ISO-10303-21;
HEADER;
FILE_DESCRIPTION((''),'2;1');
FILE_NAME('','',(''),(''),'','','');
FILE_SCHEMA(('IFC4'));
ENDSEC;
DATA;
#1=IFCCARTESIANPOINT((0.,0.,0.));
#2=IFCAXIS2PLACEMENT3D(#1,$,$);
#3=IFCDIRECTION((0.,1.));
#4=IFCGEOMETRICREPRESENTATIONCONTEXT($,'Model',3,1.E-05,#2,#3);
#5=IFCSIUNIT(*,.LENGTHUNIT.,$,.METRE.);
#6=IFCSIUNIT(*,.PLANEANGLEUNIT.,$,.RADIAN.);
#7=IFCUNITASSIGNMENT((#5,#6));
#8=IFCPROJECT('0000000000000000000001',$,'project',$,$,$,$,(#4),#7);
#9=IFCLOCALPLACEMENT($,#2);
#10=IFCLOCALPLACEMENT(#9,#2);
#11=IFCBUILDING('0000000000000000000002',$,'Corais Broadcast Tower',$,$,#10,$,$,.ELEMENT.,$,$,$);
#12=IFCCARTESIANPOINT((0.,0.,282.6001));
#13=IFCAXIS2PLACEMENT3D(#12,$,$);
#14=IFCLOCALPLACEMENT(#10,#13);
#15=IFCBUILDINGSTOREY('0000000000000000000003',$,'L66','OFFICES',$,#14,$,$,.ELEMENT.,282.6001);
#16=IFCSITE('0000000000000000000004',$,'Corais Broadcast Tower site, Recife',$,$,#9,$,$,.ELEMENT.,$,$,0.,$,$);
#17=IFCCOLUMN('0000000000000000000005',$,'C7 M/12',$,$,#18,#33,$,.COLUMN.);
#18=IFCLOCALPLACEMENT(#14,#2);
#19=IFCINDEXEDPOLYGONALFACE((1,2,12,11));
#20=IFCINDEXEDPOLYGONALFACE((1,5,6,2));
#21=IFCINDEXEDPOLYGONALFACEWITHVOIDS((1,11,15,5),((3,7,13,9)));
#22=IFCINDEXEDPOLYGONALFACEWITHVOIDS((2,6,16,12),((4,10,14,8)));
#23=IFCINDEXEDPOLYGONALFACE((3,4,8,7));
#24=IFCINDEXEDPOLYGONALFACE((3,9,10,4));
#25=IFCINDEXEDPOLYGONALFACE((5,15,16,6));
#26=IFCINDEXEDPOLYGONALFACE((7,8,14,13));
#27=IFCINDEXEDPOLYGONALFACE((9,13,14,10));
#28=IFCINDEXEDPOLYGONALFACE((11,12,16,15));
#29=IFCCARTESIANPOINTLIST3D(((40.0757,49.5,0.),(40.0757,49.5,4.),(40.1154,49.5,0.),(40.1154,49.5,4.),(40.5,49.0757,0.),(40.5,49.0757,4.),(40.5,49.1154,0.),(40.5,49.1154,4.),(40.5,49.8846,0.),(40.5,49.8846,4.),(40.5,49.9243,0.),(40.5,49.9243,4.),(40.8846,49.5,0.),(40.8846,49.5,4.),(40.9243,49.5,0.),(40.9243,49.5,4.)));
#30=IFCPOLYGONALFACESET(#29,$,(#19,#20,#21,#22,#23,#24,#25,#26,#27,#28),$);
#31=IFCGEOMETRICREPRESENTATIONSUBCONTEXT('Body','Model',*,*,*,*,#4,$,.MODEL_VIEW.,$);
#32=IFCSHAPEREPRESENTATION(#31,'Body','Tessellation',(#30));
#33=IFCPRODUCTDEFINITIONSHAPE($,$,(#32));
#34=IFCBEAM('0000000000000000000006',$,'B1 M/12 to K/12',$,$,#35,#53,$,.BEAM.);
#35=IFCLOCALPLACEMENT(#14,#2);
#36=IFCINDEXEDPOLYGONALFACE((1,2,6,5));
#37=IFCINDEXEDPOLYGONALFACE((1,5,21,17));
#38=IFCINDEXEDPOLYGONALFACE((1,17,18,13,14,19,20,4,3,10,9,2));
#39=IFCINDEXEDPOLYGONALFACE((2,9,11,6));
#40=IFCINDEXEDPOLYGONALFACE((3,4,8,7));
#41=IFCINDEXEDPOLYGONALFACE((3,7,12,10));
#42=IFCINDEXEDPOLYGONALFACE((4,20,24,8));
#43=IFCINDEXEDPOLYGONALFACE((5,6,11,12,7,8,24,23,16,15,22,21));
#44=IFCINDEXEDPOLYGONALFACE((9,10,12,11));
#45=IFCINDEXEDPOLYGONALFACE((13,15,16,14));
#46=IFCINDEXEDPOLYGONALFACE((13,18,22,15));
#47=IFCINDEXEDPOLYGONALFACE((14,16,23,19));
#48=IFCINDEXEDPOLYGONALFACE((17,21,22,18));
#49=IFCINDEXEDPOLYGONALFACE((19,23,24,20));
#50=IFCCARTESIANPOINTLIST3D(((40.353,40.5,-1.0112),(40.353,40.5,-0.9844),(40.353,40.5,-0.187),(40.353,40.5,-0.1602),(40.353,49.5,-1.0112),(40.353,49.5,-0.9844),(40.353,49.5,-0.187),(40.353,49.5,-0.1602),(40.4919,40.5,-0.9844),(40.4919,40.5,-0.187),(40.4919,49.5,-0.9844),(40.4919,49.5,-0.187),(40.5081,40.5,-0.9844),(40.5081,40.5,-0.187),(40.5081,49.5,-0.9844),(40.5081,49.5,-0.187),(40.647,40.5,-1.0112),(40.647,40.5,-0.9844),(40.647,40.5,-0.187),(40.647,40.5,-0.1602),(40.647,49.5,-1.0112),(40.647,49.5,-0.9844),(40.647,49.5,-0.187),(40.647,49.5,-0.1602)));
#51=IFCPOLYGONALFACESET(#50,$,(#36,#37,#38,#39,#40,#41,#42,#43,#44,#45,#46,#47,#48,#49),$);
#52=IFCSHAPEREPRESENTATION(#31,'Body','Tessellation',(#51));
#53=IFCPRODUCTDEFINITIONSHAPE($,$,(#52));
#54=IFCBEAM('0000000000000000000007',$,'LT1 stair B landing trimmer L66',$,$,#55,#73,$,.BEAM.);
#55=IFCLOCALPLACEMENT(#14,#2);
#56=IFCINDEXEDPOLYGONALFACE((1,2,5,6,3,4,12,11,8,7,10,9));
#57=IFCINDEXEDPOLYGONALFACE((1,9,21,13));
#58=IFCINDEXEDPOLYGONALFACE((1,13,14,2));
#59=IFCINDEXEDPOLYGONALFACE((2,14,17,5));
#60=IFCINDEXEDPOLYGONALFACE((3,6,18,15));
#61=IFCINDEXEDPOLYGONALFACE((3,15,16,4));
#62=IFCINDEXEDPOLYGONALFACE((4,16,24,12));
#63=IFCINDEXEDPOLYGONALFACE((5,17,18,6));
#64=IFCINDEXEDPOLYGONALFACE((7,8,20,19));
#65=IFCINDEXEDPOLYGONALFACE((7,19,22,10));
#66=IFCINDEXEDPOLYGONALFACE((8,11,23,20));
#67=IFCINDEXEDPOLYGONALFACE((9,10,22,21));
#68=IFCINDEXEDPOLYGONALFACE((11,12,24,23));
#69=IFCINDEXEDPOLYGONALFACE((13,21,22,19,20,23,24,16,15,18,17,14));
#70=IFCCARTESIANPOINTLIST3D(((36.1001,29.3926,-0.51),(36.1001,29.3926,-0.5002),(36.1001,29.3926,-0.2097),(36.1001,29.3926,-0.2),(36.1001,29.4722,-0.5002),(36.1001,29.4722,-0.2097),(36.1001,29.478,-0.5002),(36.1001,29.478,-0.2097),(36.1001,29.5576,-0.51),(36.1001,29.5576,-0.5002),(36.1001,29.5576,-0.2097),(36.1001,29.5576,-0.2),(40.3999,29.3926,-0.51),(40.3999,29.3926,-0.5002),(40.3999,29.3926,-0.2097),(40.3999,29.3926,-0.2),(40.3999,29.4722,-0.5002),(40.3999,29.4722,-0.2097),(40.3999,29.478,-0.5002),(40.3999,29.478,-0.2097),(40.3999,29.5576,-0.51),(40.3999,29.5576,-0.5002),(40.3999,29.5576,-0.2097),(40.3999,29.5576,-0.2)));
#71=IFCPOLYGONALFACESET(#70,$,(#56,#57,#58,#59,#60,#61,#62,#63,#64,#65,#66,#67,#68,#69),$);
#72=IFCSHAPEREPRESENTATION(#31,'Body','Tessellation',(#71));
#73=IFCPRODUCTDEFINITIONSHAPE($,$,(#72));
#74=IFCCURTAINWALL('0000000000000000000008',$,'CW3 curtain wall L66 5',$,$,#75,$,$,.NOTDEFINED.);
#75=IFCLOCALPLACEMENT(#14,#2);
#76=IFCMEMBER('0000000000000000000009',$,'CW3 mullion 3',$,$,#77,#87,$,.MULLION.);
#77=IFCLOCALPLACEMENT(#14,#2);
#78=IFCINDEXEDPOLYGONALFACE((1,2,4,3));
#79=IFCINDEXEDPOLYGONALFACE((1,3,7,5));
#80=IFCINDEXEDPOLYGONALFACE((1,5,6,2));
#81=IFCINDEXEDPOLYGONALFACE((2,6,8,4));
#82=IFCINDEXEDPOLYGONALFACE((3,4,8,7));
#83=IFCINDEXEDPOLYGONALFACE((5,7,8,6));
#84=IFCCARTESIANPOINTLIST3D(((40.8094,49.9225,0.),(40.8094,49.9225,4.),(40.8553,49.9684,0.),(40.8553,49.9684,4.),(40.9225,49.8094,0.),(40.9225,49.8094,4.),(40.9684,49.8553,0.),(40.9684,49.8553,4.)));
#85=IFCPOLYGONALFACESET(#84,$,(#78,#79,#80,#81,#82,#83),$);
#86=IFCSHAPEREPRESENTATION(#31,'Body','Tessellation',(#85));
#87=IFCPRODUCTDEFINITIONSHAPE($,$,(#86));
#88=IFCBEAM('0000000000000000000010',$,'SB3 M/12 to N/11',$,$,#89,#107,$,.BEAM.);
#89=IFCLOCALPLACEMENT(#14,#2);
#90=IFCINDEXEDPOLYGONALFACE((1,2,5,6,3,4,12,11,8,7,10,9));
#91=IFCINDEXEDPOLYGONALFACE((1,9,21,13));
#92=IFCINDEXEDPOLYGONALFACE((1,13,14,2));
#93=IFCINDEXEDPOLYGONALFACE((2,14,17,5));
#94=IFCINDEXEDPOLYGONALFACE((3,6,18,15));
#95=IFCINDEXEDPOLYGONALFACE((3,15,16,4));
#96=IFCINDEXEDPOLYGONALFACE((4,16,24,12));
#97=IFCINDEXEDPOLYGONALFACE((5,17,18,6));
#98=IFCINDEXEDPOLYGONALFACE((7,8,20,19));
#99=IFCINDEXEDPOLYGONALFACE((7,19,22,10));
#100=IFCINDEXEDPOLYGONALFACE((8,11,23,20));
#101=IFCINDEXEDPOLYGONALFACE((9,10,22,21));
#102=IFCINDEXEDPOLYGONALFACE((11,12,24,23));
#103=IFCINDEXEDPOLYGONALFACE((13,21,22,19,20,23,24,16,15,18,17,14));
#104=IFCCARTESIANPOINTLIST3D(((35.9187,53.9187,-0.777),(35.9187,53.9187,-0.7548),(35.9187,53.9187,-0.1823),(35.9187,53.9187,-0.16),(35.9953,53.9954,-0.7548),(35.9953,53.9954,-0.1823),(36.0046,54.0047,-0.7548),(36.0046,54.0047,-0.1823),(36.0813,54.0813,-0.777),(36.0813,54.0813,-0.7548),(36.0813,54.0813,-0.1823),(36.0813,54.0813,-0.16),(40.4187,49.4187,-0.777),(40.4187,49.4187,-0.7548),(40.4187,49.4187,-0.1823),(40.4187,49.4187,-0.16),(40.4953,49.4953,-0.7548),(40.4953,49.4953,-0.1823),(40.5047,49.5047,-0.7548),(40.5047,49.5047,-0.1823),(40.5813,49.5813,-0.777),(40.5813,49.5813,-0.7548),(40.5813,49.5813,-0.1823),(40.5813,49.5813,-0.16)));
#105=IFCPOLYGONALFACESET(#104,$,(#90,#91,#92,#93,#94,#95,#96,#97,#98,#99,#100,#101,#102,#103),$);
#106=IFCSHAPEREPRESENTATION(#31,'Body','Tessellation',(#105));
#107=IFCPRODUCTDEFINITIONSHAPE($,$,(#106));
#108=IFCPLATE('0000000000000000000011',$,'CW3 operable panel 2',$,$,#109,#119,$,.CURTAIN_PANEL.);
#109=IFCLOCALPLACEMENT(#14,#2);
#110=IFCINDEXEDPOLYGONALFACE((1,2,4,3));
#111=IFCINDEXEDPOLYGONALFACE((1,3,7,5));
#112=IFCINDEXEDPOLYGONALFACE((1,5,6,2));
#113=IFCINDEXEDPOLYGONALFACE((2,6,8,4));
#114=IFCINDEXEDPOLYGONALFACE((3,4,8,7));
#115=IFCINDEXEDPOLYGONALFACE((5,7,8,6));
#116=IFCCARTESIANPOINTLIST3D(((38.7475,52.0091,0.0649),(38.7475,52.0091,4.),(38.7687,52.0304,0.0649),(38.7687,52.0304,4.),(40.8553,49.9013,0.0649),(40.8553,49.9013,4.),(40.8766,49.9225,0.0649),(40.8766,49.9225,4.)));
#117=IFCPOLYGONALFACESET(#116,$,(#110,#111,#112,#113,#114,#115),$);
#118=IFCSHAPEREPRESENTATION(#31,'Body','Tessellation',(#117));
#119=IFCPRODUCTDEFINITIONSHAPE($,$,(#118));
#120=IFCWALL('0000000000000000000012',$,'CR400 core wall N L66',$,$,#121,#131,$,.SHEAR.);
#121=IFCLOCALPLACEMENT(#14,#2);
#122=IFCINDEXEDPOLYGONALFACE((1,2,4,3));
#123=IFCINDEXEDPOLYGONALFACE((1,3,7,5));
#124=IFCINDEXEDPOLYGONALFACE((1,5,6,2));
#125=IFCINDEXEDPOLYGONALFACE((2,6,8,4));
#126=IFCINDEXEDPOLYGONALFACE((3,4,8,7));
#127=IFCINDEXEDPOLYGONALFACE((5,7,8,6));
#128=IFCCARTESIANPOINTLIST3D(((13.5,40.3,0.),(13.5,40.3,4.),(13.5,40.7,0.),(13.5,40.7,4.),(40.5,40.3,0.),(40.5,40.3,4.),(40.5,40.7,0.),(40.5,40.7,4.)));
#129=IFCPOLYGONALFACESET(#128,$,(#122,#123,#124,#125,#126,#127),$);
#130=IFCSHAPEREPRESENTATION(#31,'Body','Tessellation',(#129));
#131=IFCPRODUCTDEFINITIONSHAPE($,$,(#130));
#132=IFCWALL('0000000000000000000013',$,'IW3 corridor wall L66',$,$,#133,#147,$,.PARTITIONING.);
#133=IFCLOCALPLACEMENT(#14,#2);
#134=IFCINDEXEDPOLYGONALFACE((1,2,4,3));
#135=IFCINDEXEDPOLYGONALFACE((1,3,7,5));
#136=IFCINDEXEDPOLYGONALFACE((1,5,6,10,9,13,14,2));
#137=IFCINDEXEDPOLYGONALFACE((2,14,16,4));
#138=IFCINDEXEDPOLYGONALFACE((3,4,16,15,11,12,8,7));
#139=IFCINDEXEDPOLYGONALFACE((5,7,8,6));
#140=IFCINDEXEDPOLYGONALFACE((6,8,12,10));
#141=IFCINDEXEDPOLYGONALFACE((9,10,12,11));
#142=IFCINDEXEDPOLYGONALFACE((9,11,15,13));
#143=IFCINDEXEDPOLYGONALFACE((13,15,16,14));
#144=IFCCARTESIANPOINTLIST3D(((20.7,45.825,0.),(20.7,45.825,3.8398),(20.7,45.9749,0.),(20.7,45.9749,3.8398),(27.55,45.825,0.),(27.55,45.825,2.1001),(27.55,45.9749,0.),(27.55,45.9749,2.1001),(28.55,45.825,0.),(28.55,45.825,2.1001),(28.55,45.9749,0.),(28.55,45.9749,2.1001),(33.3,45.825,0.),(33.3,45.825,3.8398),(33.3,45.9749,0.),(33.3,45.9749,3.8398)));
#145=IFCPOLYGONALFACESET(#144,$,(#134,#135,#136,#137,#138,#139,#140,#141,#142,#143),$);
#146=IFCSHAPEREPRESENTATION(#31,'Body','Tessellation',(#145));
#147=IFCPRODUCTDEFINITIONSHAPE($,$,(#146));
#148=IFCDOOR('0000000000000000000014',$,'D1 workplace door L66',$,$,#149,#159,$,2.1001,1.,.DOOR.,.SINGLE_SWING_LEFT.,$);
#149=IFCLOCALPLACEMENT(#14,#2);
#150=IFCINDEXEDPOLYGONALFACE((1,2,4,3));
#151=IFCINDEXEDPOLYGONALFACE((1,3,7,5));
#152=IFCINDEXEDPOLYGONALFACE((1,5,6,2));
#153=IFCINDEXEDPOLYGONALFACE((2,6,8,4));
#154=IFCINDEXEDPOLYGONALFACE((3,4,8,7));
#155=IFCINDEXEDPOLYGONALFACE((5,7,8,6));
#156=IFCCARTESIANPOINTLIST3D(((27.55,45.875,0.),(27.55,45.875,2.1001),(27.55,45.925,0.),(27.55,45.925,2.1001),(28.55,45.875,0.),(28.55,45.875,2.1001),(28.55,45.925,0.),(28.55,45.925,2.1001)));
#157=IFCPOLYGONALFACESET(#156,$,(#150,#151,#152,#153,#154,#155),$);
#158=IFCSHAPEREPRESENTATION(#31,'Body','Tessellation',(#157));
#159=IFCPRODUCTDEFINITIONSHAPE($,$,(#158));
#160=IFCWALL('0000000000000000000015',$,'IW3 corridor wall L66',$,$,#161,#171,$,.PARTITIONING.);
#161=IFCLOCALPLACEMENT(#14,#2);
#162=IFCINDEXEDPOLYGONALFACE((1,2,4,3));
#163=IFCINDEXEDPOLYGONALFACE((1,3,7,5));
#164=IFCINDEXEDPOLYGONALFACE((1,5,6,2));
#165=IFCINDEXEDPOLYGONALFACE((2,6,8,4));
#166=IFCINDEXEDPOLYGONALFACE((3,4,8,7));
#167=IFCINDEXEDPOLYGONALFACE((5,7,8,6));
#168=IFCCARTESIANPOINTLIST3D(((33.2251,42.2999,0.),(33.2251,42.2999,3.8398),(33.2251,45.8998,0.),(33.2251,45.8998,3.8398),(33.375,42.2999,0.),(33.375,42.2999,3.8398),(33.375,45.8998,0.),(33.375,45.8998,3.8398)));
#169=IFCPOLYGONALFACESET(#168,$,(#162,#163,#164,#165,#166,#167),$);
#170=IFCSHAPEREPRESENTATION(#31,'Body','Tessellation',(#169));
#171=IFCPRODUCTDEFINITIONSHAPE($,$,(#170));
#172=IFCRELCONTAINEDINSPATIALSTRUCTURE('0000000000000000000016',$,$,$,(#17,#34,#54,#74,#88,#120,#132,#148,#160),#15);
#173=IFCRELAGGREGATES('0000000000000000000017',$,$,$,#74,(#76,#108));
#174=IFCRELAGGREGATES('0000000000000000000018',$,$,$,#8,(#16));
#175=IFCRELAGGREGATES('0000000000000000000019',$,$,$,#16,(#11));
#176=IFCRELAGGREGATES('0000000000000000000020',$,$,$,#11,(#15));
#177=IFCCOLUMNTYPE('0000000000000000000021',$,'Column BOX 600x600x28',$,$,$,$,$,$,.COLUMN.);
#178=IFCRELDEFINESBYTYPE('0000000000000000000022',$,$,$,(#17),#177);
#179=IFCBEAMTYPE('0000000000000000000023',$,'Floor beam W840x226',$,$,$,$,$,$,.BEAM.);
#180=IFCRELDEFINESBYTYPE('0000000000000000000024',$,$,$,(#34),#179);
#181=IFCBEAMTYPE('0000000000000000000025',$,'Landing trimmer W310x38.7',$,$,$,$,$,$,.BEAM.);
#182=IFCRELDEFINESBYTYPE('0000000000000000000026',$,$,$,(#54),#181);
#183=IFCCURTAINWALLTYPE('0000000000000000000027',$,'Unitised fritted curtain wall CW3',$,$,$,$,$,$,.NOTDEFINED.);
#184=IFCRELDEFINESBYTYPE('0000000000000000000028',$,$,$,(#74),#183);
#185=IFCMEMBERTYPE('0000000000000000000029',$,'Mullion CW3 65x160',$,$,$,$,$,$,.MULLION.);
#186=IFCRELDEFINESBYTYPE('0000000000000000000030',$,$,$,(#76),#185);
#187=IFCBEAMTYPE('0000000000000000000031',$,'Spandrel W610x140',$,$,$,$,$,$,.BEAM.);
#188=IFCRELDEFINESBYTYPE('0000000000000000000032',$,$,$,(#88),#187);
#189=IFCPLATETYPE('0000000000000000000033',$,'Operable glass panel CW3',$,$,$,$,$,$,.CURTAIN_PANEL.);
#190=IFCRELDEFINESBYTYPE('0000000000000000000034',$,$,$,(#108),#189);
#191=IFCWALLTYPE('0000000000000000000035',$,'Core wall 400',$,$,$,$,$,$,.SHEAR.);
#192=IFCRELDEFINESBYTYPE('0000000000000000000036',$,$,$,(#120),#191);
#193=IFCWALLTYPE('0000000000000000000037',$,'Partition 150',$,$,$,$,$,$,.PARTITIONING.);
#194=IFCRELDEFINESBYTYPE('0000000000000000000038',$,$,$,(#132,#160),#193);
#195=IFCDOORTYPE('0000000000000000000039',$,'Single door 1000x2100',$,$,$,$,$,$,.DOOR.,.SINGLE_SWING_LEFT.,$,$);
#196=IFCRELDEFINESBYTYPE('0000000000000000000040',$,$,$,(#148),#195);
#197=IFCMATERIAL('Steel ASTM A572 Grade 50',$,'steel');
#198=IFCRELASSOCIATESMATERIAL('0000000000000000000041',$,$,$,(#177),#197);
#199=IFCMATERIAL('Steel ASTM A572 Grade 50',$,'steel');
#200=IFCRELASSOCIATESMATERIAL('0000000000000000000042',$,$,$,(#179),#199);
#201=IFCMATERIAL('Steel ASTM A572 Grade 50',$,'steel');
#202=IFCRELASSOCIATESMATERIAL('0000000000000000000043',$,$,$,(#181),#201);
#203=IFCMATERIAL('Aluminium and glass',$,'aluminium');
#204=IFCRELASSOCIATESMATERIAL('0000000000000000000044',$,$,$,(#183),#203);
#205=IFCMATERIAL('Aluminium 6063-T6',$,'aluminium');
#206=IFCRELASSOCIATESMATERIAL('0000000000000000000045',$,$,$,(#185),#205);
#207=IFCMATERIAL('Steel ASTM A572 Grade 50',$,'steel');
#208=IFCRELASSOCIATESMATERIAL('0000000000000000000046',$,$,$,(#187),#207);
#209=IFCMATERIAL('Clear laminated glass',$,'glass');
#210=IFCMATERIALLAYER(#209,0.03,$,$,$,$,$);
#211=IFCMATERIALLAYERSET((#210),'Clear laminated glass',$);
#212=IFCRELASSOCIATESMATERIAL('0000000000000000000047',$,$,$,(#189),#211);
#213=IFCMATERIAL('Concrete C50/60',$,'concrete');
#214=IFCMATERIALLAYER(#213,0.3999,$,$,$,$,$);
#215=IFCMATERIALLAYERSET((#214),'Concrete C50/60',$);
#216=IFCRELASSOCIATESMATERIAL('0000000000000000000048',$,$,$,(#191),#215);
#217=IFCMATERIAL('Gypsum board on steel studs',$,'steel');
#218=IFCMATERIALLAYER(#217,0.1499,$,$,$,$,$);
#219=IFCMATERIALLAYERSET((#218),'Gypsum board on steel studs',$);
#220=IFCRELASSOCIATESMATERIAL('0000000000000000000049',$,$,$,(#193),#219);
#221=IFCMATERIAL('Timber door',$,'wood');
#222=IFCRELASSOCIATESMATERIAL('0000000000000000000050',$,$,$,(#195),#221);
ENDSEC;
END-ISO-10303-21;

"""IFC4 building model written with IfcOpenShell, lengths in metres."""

from ifc_helpers import new_model, si_unit, direction, frame, frame_2d, origin, origin_2d, place, context, subcontext, project, spatial, rectangle, hollow_rectangle, i_section, extrude, material, layer, layer_set, material_profile, profile_set, type_object, element, fill, aggregate, save


model = new_model("IFC4")

# Units and contexts
model_context = context("Model", 3, precision=1e-05, world=origin(), true_north=direction((0.0, 1.0)))
body_context = subcontext(model_context, "Body", "Model", "MODEL_VIEW")
ifc_project = project(units=[si_unit("LENGTHUNIT", "METRE"), si_unit("PLANEANGLEUNIT", "RADIAN")], contexts=[model_context])

# Site, building, storey
site_placement = place(None, origin())
site = spatial("IfcSite", under=ifc_project, at=site_placement, Name="Corais Broadcast Tower site, Recife", CompositionType="ELEMENT", RefElevation=0.0)
building_placement = place(site_placement, origin())
building = spatial("IfcBuilding", under=site, at=building_placement, Name="Corais Broadcast Tower", CompositionType="ELEMENT")
storey_placement = place(building_placement, frame((0.0, 0.0, 282.6001)))
storey = spatial("IfcBuildingStorey", under=building, at=storey_placement, Name="L66", Description="OFFICES", CompositionType="ELEMENT", Elevation=282.6001)

# Column
ifc_material_1 = material(Name="Steel ASTM A572 Grade 50", Category="steel")
ifc_material_profile_1 = material_profile(ifc_material_1, hollow_rectangle(XDim=0.6001, YDim=0.6001, WallThickness=0.0281, at=origin_2d()), Name="BOX 600x600x28")
ifc_profile_set_1 = profile_set([ifc_material_profile_1], Name="Steel ASTM A572 Grade 50")
column_type = type_object("IfcColumnType", Name="Column BOX 600x600x28", PredefinedType="COLUMN", material=ifc_profile_set_1)
column_placement = place(storey_placement, frame((40.5, 49.5, 0.0), z_axis=(0.0, 0.0, 1.0), x_axis=(0.707107, 0.707107, 0.0)))
element("IfcColumn", 1, at=column_placement, inside=storey, type_object=column_type, Name="C7 M/12", PredefinedType="COLUMN", context=body_context, shape_type="SweptSolid", body=[
    extrude(hollow_rectangle(XDim=0.6001, YDim=0.6001, WallThickness=0.0281, at=origin_2d()), origin(), (0.0, 0.0, 1.0), 4.0),
])

# Beams
ifc_material_2 = material(Name="Steel ASTM A572 Grade 50", Category="steel")
ifc_material_profile_2 = material_profile(ifc_material_2, i_section(OverallWidth=0.2939, OverallDepth=0.8511, WebThickness=0.0161, FlangeThickness=0.0269, at=origin_2d()), Name="W840x226")
ifc_profile_set_2 = profile_set([ifc_material_profile_2], Name="Steel ASTM A572 Grade 50")
beam_type_1 = type_object("IfcBeamType", Name="Floor beam W840x226", PredefinedType="BEAM", material=ifc_profile_set_2)
beam_1_placement = place(storey_placement, frame((40.5, 49.5, -0.5857), z_axis=(0.0, -1.0, 0.0), x_axis=(1.0, 0.0, 0.0)))
element("IfcBeam", 2, at=beam_1_placement, inside=storey, type_object=beam_type_1, Name="B1 M/12 to K/12", PredefinedType="BEAM", context=body_context, shape_type="SweptSolid", body=[
    extrude(i_section(OverallWidth=0.2939, OverallDepth=0.8511, WebThickness=0.0161, FlangeThickness=0.0269, at=origin_2d()), origin(), (0.0, 0.0, 1.0), 9.0),
])
ifc_material_3 = material(Name="Steel ASTM A572 Grade 50", Category="steel")
ifc_material_profile_3 = material_profile(ifc_material_3, i_section(OverallWidth=0.165, OverallDepth=0.3101, WebThickness=0.0059, FlangeThickness=0.0098, at=origin_2d()), Name="W310x38.7")
ifc_profile_set_3 = profile_set([ifc_material_profile_3], Name="Steel ASTM A572 Grade 50")
beam_type_2 = type_object("IfcBeamType", Name="Landing trimmer W310x38.7", PredefinedType="BEAM", material=ifc_profile_set_3)
beam_2_placement = place(storey_placement, frame((36.1001, 29.4751, -0.355), z_axis=(1.0, 0.0, 0.0), x_axis=(0.0, 1.0, 0.0)))
element("IfcBeam", 3, at=beam_2_placement, inside=storey, type_object=beam_type_2, Name="LT1 stair B landing trimmer L66", PredefinedType="BEAM", context=body_context, shape_type="SweptSolid", body=[
    extrude(i_section(OverallWidth=0.165, OverallDepth=0.3101, WebThickness=0.0059, FlangeThickness=0.0098, at=origin_2d()), origin(), (0.0, 0.0, 1.0), 4.2998),
])

# Curtain wall, member
ifc_material_4 = material(Name="Aluminium and glass", Category="aluminium")
curtain_wall_type = type_object("IfcCurtainWallType", Name="Unitised fritted curtain wall CW3", PredefinedType="NOTDEFINED", material=ifc_material_4)
curtain_wall_placement = place(storey_placement, origin())
curtain_wall = element("IfcCurtainWall", 4, at=curtain_wall_placement, inside=storey, type_object=curtain_wall_type, Name="CW3 curtain wall L66 5", PredefinedType="NOTDEFINED")
ifc_material_5 = material(Name="Aluminium 6063-T6", Category="aluminium")
ifc_material_profile_4 = material_profile(ifc_material_5, rectangle(XDim=0.0649, YDim=0.1599, at=origin_2d()), Name="Mullion CW3 65x160")
ifc_profile_set_4 = profile_set([ifc_material_profile_4], Name="Aluminium 6063-T6")
member_type = type_object("IfcMemberType", Name="Mullion CW3 65x160", PredefinedType="MULLION", material=ifc_profile_set_4)
member_placement = place(storey_placement, frame((40.8889, 49.8889, 0.0), z_axis=(0.0, 0.0, 1.0), x_axis=(0.707107, 0.707107, 0.0)))
member = element("IfcMember", 5, at=member_placement, type_object=member_type, Name="CW3 mullion 3", PredefinedType="MULLION", context=body_context, shape_type="SweptSolid", body=[
    extrude(rectangle(XDim=0.0649, YDim=0.1599, at=origin_2d()), origin(), (0.0, 0.0, 1.0), 4.0),
])

# Beam
ifc_material_6 = material(Name="Steel ASTM A572 Grade 50", Category="steel")
ifc_material_profile_5 = material_profile(ifc_material_6, i_section(OverallWidth=0.23, OverallDepth=0.6169, WebThickness=0.0132, FlangeThickness=0.0222, at=origin_2d()), Name="W610x140")
ifc_profile_set_5 = profile_set([ifc_material_profile_5], Name="Steel ASTM A572 Grade 50")
beam_type_3 = type_object("IfcBeamType", Name="Spandrel W610x140", PredefinedType="BEAM", material=ifc_profile_set_5)
beam_3_placement = place(storey_placement, frame((40.5, 49.5, -0.4685), z_axis=(-0.707107, 0.707107, 0.0), x_axis=(-0.707107, -0.707107, 0.0)))
element("IfcBeam", 6, at=beam_3_placement, inside=storey, type_object=beam_type_3, Name="SB3 M/12 to N/11", PredefinedType="BEAM", context=body_context, shape_type="SweptSolid", body=[
    extrude(i_section(OverallWidth=0.23, OverallDepth=0.6169, WebThickness=0.0132, FlangeThickness=0.0222, at=origin_2d()), origin(), (0.0, 0.0, 1.0), 6.364),
])

# Plate
ifc_material_7 = material(Name="Clear laminated glass", Category="glass")
ifc_layer_1 = layer(ifc_material_7, 0.03)
ifc_layer_set_1 = layer_set([ifc_layer_1], Name="Clear laminated glass")
plate_type = type_object("IfcPlateType", Name="Operable glass panel CW3", PredefinedType="CURTAIN_PANEL", material=ifc_layer_set_1)
plate_placement = place(storey_placement, frame((39.812, 50.9658, 0.0649), z_axis=(0.0, 0.0, 1.0), x_axis=(0.707107, -0.707107, 0.0)))
plate = element("IfcPlate", 7, at=plate_placement, type_object=plate_type, Name="CW3 operable panel 2", PredefinedType="CURTAIN_PANEL", context=body_context, shape_type="SweptSolid", body=[
    extrude(rectangle(XDim=2.981, YDim=0.03, at=origin_2d()), origin(), (0.0, 0.0, 1.0), 3.9351),
])
aggregate(curtain_wall, [member, plate])

# Wall
ifc_material_8 = material(Name="Concrete C50/60", Category="concrete")
ifc_layer_2 = layer(ifc_material_8, 0.3999)
ifc_layer_set_2 = layer_set([ifc_layer_2], Name="Concrete C50/60")
wall_type_1 = type_object("IfcWallType", Name="Core wall 400", PredefinedType="SHEAR", material=ifc_layer_set_2)
wall_1_placement = place(storey_placement, frame((40.5, 40.5, 0.0), z_axis=(0.0, 0.0, 1.0), x_axis=(-1.0, 0.0, 0.0)))
element("IfcWall", 8, at=wall_1_placement, inside=storey, type_object=wall_type_1, Name="CR400 core wall N L66", PredefinedType="SHEAR", context=body_context, shape_type="SweptSolid", body=[
    extrude(rectangle(XDim=27.0, YDim=0.3999, at=frame_2d((13.5, 0.0))), origin(), (0.0, 0.0, 1.0), 4.0),
])

# Wall, opening, door
ifc_material_9 = material(Name="Gypsum board on steel studs", Category="steel")
ifc_layer_3 = layer(ifc_material_9, 0.1499)
ifc_layer_set_3 = layer_set([ifc_layer_3], Name="Gypsum board on steel studs")
wall_type_2 = type_object("IfcWallType", Name="Partition 150", PredefinedType="PARTITIONING", material=ifc_layer_set_3)
wall_2_placement = place(storey_placement, frame((33.3, 45.8999, 0.0), z_axis=(0.0, 0.0, 1.0), x_axis=(-1.0, 0.0, 0.0)))
wall_2 = element("IfcWall", 9, at=wall_2_placement, inside=storey, type_object=wall_type_2, Name="IW3 corridor wall L66", PredefinedType="PARTITIONING", context=body_context, shape_type="SweptSolid", body=[
    extrude(rectangle(XDim=12.6001, YDim=0.1499, at=frame_2d((6.3, 0.0))), origin(), (0.0, 0.0, 1.0), 3.8398),
])
opening_1_placement = place(wall_2_placement, frame((4.75, 0.0, 0.0)))
opening_1 = element("IfcOpeningElement", 10, at=opening_1_placement, cuts=wall_2, PredefinedType="OPENING", context=body_context, shape_type="SweptSolid", body=[
    extrude(rectangle(XDim=1.0, YDim=2.1001, at=frame_2d((0.5, 1.05))), frame((0.0, 0.085, 0.0), z_axis=(0.0, -1.0, 0.0), x_axis=(1.0, 0.0, 0.0)), (0.0, 0.0, 1.0), 0.1699),
])
ifc_material_10 = material(Name="Timber door", Category="wood")
door_type = type_object("IfcDoorType", Name="Single door 1000x2100", OperationType="SINGLE_SWING_LEFT", PredefinedType="DOOR", material=ifc_material_10)
door_1_placement = place(opening_1_placement, origin())
door_1 = element("IfcDoor", 11, at=door_1_placement, inside=storey, type_object=door_type, Name="D1 workplace door L66", OperationType="SINGLE_SWING_LEFT", OverallHeight=2.1001, OverallWidth=1.0, PredefinedType="DOOR", context=body_context, shape_type="SweptSolid", body=[
    extrude(rectangle(XDim=1.0, YDim=2.1001, at=frame_2d((0.5, 1.05))), frame((0.0, 0.0249, 0.0), z_axis=(0.0, -1.0, 0.0), x_axis=(1.0, 0.0, 0.0)), (0.0, 0.0, 1.0), 0.05),
])
fill(opening_1, door_1)

# Wall
wall_3_placement = place(storey_placement, frame((33.3, 42.3, 0.0), z_axis=(0.0, 0.0, 1.0), x_axis=(0.0, 1.0, 0.0)))
element("IfcWall", 12, at=wall_3_placement, inside=storey, type_object=wall_type_2, Name="IW3 corridor wall L66", PredefinedType="PARTITIONING", context=body_context, shape_type="SweptSolid", body=[
    extrude(rectangle(XDim=3.5999, YDim=0.1499, at=frame_2d((1.7998, 0.0))), origin(), (0.0, 0.0, 1.0), 3.8398),
])

save(model, "model.ifc")
